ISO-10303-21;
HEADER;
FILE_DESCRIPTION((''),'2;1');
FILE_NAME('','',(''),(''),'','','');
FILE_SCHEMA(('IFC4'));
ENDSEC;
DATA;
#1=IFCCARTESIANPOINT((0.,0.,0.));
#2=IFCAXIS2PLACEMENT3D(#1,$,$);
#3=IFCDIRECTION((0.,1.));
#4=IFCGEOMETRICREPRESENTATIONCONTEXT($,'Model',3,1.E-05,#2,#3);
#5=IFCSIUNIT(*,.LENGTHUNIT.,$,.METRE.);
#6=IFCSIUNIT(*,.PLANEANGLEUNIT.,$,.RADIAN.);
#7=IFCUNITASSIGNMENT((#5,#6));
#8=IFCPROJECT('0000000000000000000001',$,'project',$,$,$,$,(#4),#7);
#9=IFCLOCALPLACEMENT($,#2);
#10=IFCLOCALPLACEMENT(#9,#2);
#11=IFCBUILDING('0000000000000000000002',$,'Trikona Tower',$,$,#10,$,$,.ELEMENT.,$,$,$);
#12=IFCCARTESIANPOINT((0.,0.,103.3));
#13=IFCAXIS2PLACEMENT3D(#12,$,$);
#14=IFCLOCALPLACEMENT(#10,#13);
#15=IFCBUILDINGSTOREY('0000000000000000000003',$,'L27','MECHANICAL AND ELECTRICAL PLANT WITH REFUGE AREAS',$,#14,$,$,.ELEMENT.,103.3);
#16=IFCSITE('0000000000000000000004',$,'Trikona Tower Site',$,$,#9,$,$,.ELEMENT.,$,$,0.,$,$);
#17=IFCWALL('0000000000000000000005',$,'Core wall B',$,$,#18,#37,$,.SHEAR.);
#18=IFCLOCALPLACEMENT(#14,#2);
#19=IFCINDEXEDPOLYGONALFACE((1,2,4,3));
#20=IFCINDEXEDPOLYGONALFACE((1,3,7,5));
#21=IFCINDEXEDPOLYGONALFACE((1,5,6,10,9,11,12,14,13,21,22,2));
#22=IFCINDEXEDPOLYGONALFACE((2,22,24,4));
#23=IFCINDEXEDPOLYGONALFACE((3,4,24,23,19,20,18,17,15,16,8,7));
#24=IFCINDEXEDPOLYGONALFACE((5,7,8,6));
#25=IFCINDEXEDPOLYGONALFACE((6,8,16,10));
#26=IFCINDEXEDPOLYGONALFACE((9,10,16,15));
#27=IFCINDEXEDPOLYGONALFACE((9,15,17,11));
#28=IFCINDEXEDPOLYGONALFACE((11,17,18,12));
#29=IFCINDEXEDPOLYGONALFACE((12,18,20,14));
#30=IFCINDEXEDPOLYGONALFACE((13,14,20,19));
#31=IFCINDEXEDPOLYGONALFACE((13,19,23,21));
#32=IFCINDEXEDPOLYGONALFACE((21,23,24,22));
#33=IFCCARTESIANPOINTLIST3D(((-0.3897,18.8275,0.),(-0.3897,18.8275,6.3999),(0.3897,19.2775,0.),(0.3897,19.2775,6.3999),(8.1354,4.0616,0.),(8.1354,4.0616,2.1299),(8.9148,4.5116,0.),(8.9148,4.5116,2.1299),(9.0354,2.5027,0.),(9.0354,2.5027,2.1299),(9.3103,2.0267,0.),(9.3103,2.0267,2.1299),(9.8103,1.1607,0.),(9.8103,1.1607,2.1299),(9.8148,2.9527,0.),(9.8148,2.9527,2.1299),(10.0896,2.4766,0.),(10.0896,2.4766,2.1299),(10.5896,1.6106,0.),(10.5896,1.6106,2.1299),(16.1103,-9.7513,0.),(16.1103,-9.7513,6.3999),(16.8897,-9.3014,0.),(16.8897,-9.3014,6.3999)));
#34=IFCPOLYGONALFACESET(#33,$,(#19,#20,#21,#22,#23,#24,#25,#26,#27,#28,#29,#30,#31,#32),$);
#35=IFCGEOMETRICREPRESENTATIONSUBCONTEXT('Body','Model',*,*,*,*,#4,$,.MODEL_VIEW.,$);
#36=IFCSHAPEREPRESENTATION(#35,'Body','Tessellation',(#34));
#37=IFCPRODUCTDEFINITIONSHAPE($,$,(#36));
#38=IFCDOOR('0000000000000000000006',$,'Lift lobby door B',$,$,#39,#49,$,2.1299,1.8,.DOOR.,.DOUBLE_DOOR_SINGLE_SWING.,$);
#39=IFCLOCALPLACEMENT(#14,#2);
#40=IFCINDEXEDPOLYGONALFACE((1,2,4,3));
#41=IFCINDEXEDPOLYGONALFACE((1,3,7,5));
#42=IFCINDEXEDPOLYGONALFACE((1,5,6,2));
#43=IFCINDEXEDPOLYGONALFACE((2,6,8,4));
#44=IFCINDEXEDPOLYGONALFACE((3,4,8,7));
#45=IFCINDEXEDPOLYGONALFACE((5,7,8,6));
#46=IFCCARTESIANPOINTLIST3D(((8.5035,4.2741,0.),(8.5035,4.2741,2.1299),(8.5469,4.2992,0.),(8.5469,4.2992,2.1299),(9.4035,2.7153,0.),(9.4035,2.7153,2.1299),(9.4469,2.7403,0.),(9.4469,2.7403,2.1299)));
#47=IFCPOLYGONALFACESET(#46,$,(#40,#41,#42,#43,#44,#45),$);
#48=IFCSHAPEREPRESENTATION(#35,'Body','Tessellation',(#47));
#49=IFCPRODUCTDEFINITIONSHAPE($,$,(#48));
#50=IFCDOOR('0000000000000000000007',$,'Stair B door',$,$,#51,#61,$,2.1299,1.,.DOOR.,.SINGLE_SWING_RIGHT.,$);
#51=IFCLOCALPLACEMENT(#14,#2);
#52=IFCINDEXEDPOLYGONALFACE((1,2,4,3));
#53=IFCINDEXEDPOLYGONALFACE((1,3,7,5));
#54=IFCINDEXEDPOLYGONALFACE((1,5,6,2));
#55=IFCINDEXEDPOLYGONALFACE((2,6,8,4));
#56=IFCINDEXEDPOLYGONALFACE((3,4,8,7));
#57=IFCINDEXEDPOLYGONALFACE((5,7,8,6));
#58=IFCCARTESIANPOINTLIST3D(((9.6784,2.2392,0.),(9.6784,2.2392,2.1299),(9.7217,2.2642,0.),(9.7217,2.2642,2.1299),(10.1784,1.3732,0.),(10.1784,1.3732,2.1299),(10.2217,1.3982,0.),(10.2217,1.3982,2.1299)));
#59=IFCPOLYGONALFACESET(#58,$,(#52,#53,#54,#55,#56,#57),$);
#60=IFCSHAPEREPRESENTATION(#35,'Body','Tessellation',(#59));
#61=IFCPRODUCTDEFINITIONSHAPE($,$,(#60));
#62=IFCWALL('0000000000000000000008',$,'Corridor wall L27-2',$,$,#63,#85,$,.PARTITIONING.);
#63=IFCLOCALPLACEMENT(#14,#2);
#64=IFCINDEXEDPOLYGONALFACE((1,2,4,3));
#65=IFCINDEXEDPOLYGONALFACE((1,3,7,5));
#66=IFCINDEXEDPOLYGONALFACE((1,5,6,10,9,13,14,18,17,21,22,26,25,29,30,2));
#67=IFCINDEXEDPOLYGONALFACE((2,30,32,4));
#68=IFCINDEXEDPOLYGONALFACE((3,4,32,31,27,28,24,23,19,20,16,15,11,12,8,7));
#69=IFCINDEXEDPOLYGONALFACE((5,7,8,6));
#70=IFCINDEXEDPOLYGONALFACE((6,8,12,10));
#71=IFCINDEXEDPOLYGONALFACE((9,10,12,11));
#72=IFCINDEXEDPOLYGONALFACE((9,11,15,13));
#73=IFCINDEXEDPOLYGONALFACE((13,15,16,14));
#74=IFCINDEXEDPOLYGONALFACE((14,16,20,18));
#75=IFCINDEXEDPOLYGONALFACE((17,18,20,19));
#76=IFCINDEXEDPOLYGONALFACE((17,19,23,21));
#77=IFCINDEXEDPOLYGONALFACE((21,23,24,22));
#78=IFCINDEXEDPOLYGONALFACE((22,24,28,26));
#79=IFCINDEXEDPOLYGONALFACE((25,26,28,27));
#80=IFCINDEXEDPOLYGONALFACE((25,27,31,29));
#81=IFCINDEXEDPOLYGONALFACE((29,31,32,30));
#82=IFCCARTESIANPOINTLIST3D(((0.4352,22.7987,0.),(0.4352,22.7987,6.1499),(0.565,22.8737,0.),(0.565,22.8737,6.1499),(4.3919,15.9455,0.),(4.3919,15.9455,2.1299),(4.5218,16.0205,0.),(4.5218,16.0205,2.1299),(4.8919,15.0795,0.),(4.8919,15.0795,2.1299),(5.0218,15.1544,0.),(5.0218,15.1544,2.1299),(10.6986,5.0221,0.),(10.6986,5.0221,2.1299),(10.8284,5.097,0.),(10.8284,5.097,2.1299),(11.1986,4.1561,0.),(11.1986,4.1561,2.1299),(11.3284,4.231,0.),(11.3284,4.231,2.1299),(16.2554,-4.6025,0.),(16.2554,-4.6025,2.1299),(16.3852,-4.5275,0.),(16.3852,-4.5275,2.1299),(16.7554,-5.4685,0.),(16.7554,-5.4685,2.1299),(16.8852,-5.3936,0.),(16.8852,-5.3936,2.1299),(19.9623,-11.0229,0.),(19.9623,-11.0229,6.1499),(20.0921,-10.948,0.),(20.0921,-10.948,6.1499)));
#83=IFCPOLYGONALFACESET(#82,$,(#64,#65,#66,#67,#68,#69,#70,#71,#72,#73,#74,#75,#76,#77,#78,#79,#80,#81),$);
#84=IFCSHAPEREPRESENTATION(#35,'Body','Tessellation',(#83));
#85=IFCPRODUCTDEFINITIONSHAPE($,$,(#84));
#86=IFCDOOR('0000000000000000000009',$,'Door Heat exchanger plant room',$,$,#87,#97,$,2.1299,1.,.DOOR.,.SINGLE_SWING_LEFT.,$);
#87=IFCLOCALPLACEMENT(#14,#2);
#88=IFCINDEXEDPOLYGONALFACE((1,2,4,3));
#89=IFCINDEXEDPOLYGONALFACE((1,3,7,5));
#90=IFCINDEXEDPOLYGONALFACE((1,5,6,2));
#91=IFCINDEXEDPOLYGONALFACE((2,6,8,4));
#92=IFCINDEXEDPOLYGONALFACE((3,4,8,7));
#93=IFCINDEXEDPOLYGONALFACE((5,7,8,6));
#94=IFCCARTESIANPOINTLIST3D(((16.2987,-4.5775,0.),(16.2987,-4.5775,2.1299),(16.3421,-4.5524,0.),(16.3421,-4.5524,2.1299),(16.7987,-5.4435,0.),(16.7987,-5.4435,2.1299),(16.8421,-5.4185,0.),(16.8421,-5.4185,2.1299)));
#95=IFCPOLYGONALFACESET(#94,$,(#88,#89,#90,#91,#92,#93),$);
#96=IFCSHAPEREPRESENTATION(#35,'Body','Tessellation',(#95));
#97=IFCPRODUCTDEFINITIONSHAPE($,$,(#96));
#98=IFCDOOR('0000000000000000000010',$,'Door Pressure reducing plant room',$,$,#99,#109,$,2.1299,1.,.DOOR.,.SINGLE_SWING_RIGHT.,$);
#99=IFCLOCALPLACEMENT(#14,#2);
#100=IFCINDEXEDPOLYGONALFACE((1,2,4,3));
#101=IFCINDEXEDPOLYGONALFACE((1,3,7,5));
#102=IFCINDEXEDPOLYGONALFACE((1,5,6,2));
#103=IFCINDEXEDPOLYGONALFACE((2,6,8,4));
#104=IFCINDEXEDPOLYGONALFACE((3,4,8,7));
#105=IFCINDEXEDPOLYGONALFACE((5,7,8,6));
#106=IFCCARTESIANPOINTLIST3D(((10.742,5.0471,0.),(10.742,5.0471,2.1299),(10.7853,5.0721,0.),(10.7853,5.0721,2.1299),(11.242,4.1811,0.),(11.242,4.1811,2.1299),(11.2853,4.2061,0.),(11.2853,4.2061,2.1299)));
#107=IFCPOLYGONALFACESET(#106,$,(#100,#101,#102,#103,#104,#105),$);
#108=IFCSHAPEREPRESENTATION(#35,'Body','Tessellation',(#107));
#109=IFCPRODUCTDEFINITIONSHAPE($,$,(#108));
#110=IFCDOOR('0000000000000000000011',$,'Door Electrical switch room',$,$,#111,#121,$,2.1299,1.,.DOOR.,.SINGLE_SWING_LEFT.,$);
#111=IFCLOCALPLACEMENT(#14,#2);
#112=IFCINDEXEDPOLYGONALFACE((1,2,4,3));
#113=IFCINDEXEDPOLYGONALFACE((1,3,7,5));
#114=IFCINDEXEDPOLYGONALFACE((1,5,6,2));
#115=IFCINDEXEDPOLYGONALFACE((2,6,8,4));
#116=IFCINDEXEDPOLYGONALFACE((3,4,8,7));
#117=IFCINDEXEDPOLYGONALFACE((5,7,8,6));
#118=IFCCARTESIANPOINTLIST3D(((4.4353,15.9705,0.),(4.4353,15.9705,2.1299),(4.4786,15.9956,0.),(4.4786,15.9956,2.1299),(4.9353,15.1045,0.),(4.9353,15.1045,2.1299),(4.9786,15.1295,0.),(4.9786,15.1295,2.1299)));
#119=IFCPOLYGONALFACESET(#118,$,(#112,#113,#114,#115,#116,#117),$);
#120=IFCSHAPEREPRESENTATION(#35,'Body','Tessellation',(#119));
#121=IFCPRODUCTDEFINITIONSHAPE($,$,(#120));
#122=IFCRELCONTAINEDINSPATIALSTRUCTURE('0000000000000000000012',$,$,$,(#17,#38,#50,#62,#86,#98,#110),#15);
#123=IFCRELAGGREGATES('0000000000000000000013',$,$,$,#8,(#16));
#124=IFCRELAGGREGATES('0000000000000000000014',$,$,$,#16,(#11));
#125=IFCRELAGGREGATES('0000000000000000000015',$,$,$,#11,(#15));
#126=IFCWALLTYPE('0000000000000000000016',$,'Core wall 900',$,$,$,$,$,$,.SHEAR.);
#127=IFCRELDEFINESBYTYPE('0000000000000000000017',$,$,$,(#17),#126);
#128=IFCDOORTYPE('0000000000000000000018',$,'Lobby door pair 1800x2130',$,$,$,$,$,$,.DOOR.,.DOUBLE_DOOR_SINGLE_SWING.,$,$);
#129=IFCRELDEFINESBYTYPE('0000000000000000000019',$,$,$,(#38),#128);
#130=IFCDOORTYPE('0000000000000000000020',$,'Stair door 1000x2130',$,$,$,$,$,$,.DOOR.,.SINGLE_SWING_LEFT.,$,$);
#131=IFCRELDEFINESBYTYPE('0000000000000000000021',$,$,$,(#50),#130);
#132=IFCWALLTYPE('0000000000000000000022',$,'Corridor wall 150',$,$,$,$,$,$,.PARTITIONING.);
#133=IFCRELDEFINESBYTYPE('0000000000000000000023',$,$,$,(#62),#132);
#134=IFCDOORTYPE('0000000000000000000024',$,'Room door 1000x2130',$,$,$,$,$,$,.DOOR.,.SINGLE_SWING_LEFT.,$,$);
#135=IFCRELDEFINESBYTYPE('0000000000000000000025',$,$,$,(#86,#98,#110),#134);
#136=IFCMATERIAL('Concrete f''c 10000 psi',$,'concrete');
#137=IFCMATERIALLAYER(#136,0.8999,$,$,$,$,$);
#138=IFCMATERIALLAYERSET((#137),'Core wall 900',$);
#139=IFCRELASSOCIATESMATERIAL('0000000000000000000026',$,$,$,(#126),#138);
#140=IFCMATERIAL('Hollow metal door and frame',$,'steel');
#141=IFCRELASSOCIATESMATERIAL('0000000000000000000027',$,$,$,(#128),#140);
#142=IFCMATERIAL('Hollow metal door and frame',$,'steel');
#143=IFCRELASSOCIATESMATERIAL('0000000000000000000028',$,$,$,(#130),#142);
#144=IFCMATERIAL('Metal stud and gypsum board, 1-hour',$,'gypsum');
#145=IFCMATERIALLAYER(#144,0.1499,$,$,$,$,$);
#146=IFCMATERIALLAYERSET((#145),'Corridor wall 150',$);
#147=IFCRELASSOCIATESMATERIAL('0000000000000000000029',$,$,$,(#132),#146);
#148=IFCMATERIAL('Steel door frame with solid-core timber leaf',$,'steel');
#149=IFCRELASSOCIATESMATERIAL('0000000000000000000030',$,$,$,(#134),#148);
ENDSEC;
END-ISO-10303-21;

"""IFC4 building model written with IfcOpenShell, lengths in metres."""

from ifc_helpers import new_model, si_unit, direction, frame, frame_2d, origin, place, context, subcontext, project, spatial, rectangle, extrude, material, layer, layer_set, type_object, element, fill, save


model = new_model("IFC4")

# Units and contexts
model_context = context("Model", 3, precision=1e-05, world=origin(), true_north=direction((0.0, 1.0)))
body_context = subcontext(model_context, "Body", "Model", "MODEL_VIEW")
ifc_project = project(units=[si_unit("LENGTHUNIT", "METRE"), si_unit("PLANEANGLEUNIT", "RADIAN")], contexts=[model_context])

# Site, building, storey
site_placement = place(None, origin())
site = spatial("IfcSite", under=ifc_project, at=site_placement, Name="Trikona Tower Site", CompositionType="ELEMENT", RefElevation=0.0)
building_placement = place(site_placement, origin())
building = spatial("IfcBuilding", under=site, at=building_placement, Name="Trikona Tower", CompositionType="ELEMENT")
storey_placement = place(building_placement, frame((0.0, 0.0, 103.3)))
storey = spatial("IfcBuildingStorey", under=building, at=storey_placement, Name="L27", Description="MECHANICAL AND ELECTRICAL PLANT WITH REFUGE AREAS", CompositionType="ELEMENT", Elevation=103.3)

# Walls, openings, doors
ifc_material_1 = material(Name="Concrete f'c 10000 psi", Category="concrete")
ifc_layer_1 = layer(ifc_material_1, 0.8999)
ifc_layer_set_1 = layer_set([ifc_layer_1], Name="Core wall 900")
wall_type_1 = type_object("IfcWallType", Name="Core wall 900", PredefinedType="SHEAR", material=ifc_layer_set_1)
wall_1_placement = place(storey_placement, frame((16.5, -9.5264, 0.0), z_axis=(0.0, 0.0, 1.0), x_axis=(-0.5, 0.866026, 0.0)))
wall_1 = element("IfcWall", 1, at=wall_1_placement, inside=storey, type_object=wall_type_1, Name="Core wall B", PredefinedType="SHEAR", context=body_context, shape_type="SweptSolid", body=[
    extrude(rectangle(XDim=33.0, YDim=0.8999, at=frame_2d((16.5, 0.0))), origin(), (0.0, 0.0, 1.0), 6.3999),
])
opening_1_placement = place(wall_1_placement, frame((14.1499, 0.0, 0.0)))
opening_1 = element("IfcOpeningElement", 2, at=opening_1_placement, cuts=wall_1, PredefinedType="OPENING", context=body_context, shape_type="SweptSolid", body=[
    extrude(rectangle(XDim=1.8, YDim=2.1299, at=frame_2d((0.8999, 1.0649))), frame((0.0, 0.46, 0.0), z_axis=(0.0, -1.0, 0.0), x_axis=(1.0, 0.0, 0.0)), (0.0, 0.0, 1.0), 0.9199),
])
opening_2_placement = place(wall_1_placement, frame((12.6001, 0.0, 0.0)))
opening_2 = element("IfcOpeningElement", 3, at=opening_2_placement, cuts=wall_1, PredefinedType="OPENING", context=body_context, shape_type="SweptSolid", body=[
    extrude(rectangle(XDim=1.0, YDim=2.1299, at=frame_2d((0.5, 1.0649))), frame((0.0, 0.46, 0.0), z_axis=(0.0, -1.0, 0.0), x_axis=(1.0, 0.0, 0.0)), (0.0, 0.0, 1.0), 0.9199),
])
ifc_material_2 = material(Name="Hollow metal door and frame", Category="steel")
door_type_1 = type_object("IfcDoorType", Name="Lobby door pair 1800x2130", OperationType="DOUBLE_DOOR_SINGLE_SWING", PredefinedType="DOOR", material=ifc_material_2)
door_1_placement = place(opening_1_placement, origin())
door_1 = element("IfcDoor", 4, at=door_1_placement, inside=storey, type_object=door_type_1, Name="Lift lobby door B", OperationType="DOUBLE_DOOR_SINGLE_SWING", OverallHeight=2.1299, OverallWidth=1.8, PredefinedType="DOOR", context=body_context, shape_type="SweptSolid", body=[
    extrude(rectangle(XDim=1.8, YDim=2.1299, at=frame_2d((0.8999, 1.0649))), frame((0.0, 0.0249, 0.0), z_axis=(0.0, -1.0, 0.0), x_axis=(1.0, 0.0, 0.0)), (0.0, 0.0, 1.0), 0.05),
])
fill(opening_1, door_1)
ifc_material_3 = material(Name="Hollow metal door and frame", Category="steel")
door_type_2 = type_object("IfcDoorType", Name="Stair door 1000x2130", OperationType="SINGLE_SWING_LEFT", PredefinedType="DOOR", material=ifc_material_3)
door_2_placement = place(opening_2_placement, origin())
door_2 = element("IfcDoor", 5, at=door_2_placement, inside=storey, type_object=door_type_2, Name="Stair B door", OperationType="SINGLE_SWING_RIGHT", OverallHeight=2.1299, OverallWidth=1.0, PredefinedType="DOOR", context=body_context, shape_type="SweptSolid", body=[
    extrude(rectangle(XDim=1.0, YDim=2.1299, at=frame_2d((0.5, 1.0649))), frame((0.0, 0.0249, 0.0), z_axis=(0.0, -1.0, 0.0), x_axis=(1.0, 0.0, 0.0)), (0.0, 0.0, 1.0), 0.05),
])
fill(opening_2, door_2)
ifc_material_4 = material(Name="Metal stud and gypsum board, 1-hour", Category="gypsum")
ifc_layer_2 = layer(ifc_material_4, 0.1499)
ifc_layer_set_2 = layer_set([ifc_layer_2], Name="Corridor wall 150")
wall_type_2 = type_object("IfcWallType", Name="Corridor wall 150", PredefinedType="PARTITIONING", material=ifc_layer_set_2)
wall_2_placement = place(storey_placement, frame((20.0271, -10.9854, 0.0), z_axis=(0.0, 0.0, 1.0), x_axis=(-0.500002, 0.866024, 0.0)))
wall_2 = element("IfcWall", 6, at=wall_2_placement, inside=storey, type_object=wall_type_2, Name="Corridor wall L27-2", PredefinedType="PARTITIONING", context=body_context, shape_type="SweptSolid", body=[
    extrude(rectangle(XDim=39.054, YDim=0.1499, at=frame_2d((19.5269, 0.0))), origin(), (0.0, 0.0, 1.0), 6.1499),
])
opening_3_placement = place(wall_2_placement, frame((6.4136, 0.0, 0.0)))
opening_3 = element("IfcOpeningElement", 7, at=opening_3_placement, cuts=wall_2, PredefinedType="OPENING", context=body_context, shape_type="SweptSolid", body=[
    extrude(rectangle(XDim=1.0, YDim=2.1299, at=frame_2d((0.5, 1.0649))), frame((0.0, 0.085, 0.0), z_axis=(0.0, -1.0, 0.0), x_axis=(1.0, 0.0, 0.0)), (0.0, 0.0, 1.0), 0.1699),
])
opening_4_placement = place(wall_2_placement, frame((17.5271, 0.0, 0.0)))
opening_4 = element("IfcOpeningElement", 8, at=opening_4_placement, cuts=wall_2, PredefinedType="OPENING", context=body_context, shape_type="SweptSolid", body=[
    extrude(rectangle(XDim=1.0, YDim=2.1299, at=frame_2d((0.5, 1.0649))), frame((0.0, 0.085, 0.0), z_axis=(0.0, -1.0, 0.0), x_axis=(1.0, 0.0, 0.0)), (0.0, 0.0, 1.0), 0.1699),
])
opening_5_placement = place(wall_2_placement, frame((30.1404, 0.0, 0.0)))
opening_5 = element("IfcOpeningElement", 9, at=opening_5_placement, cuts=wall_2, PredefinedType="OPENING", context=body_context, shape_type="SweptSolid", body=[
    extrude(rectangle(XDim=1.0, YDim=2.1299, at=frame_2d((0.5, 1.0649))), frame((0.0, 0.085, 0.0), z_axis=(0.0, -1.0, 0.0), x_axis=(1.0, 0.0, 0.0)), (0.0, 0.0, 1.0), 0.1699),
])
ifc_material_5 = material(Name="Steel door frame with solid-core timber leaf", Category="steel")
door_type_3 = type_object("IfcDoorType", Name="Room door 1000x2130", OperationType="SINGLE_SWING_LEFT", PredefinedType="DOOR", material=ifc_material_5)
door_3_placement = place(opening_3_placement, origin())
door_3 = element("IfcDoor", 10, at=door_3_placement, inside=storey, type_object=door_type_3, Name="Door Heat exchanger plant room", OperationType="SINGLE_SWING_LEFT", OverallHeight=2.1299, OverallWidth=1.0, PredefinedType="DOOR", context=body_context, shape_type="SweptSolid", body=[
    extrude(rectangle(XDim=1.0, YDim=2.1299, at=frame_2d((0.5, 1.0649))), frame((0.0, 0.0249, 0.0), z_axis=(0.0, -1.0, 0.0), x_axis=(1.0, 0.0, 0.0)), (0.0, 0.0, 1.0), 0.05),
])
fill(opening_3, door_3)
door_4_placement = place(opening_4_placement, origin())
door_4 = element("IfcDoor", 11, at=door_4_placement, inside=storey, type_object=door_type_3, Name="Door Pressure reducing plant room", OperationType="SINGLE_SWING_RIGHT", OverallHeight=2.1299, OverallWidth=1.0, PredefinedType="DOOR", context=body_context, shape_type="SweptSolid", body=[
    extrude(rectangle(XDim=1.0, YDim=2.1299, at=frame_2d((0.5, 1.0649))), frame((0.0, 0.0249, 0.0), z_axis=(0.0, -1.0, 0.0), x_axis=(1.0, 0.0, 0.0)), (0.0, 0.0, 1.0), 0.05),
])
fill(opening_4, door_4)
door_5_placement = place(opening_5_placement, origin())
door_5 = element("IfcDoor", 12, at=door_5_placement, inside=storey, type_object=door_type_3, Name="Door Electrical switch room", OperationType="SINGLE_SWING_LEFT", OverallHeight=2.1299, OverallWidth=1.0, PredefinedType="DOOR", context=body_context, shape_type="SweptSolid", body=[
    extrude(rectangle(XDim=1.0, YDim=2.1299, at=frame_2d((0.5, 1.0649))), frame((0.0, 0.0249, 0.0), z_axis=(0.0, -1.0, 0.0), x_axis=(1.0, 0.0, 0.0)), (0.0, 0.0, 1.0), 0.05),
])
fill(opening_5, door_5)

save(model, "model.ifc")
